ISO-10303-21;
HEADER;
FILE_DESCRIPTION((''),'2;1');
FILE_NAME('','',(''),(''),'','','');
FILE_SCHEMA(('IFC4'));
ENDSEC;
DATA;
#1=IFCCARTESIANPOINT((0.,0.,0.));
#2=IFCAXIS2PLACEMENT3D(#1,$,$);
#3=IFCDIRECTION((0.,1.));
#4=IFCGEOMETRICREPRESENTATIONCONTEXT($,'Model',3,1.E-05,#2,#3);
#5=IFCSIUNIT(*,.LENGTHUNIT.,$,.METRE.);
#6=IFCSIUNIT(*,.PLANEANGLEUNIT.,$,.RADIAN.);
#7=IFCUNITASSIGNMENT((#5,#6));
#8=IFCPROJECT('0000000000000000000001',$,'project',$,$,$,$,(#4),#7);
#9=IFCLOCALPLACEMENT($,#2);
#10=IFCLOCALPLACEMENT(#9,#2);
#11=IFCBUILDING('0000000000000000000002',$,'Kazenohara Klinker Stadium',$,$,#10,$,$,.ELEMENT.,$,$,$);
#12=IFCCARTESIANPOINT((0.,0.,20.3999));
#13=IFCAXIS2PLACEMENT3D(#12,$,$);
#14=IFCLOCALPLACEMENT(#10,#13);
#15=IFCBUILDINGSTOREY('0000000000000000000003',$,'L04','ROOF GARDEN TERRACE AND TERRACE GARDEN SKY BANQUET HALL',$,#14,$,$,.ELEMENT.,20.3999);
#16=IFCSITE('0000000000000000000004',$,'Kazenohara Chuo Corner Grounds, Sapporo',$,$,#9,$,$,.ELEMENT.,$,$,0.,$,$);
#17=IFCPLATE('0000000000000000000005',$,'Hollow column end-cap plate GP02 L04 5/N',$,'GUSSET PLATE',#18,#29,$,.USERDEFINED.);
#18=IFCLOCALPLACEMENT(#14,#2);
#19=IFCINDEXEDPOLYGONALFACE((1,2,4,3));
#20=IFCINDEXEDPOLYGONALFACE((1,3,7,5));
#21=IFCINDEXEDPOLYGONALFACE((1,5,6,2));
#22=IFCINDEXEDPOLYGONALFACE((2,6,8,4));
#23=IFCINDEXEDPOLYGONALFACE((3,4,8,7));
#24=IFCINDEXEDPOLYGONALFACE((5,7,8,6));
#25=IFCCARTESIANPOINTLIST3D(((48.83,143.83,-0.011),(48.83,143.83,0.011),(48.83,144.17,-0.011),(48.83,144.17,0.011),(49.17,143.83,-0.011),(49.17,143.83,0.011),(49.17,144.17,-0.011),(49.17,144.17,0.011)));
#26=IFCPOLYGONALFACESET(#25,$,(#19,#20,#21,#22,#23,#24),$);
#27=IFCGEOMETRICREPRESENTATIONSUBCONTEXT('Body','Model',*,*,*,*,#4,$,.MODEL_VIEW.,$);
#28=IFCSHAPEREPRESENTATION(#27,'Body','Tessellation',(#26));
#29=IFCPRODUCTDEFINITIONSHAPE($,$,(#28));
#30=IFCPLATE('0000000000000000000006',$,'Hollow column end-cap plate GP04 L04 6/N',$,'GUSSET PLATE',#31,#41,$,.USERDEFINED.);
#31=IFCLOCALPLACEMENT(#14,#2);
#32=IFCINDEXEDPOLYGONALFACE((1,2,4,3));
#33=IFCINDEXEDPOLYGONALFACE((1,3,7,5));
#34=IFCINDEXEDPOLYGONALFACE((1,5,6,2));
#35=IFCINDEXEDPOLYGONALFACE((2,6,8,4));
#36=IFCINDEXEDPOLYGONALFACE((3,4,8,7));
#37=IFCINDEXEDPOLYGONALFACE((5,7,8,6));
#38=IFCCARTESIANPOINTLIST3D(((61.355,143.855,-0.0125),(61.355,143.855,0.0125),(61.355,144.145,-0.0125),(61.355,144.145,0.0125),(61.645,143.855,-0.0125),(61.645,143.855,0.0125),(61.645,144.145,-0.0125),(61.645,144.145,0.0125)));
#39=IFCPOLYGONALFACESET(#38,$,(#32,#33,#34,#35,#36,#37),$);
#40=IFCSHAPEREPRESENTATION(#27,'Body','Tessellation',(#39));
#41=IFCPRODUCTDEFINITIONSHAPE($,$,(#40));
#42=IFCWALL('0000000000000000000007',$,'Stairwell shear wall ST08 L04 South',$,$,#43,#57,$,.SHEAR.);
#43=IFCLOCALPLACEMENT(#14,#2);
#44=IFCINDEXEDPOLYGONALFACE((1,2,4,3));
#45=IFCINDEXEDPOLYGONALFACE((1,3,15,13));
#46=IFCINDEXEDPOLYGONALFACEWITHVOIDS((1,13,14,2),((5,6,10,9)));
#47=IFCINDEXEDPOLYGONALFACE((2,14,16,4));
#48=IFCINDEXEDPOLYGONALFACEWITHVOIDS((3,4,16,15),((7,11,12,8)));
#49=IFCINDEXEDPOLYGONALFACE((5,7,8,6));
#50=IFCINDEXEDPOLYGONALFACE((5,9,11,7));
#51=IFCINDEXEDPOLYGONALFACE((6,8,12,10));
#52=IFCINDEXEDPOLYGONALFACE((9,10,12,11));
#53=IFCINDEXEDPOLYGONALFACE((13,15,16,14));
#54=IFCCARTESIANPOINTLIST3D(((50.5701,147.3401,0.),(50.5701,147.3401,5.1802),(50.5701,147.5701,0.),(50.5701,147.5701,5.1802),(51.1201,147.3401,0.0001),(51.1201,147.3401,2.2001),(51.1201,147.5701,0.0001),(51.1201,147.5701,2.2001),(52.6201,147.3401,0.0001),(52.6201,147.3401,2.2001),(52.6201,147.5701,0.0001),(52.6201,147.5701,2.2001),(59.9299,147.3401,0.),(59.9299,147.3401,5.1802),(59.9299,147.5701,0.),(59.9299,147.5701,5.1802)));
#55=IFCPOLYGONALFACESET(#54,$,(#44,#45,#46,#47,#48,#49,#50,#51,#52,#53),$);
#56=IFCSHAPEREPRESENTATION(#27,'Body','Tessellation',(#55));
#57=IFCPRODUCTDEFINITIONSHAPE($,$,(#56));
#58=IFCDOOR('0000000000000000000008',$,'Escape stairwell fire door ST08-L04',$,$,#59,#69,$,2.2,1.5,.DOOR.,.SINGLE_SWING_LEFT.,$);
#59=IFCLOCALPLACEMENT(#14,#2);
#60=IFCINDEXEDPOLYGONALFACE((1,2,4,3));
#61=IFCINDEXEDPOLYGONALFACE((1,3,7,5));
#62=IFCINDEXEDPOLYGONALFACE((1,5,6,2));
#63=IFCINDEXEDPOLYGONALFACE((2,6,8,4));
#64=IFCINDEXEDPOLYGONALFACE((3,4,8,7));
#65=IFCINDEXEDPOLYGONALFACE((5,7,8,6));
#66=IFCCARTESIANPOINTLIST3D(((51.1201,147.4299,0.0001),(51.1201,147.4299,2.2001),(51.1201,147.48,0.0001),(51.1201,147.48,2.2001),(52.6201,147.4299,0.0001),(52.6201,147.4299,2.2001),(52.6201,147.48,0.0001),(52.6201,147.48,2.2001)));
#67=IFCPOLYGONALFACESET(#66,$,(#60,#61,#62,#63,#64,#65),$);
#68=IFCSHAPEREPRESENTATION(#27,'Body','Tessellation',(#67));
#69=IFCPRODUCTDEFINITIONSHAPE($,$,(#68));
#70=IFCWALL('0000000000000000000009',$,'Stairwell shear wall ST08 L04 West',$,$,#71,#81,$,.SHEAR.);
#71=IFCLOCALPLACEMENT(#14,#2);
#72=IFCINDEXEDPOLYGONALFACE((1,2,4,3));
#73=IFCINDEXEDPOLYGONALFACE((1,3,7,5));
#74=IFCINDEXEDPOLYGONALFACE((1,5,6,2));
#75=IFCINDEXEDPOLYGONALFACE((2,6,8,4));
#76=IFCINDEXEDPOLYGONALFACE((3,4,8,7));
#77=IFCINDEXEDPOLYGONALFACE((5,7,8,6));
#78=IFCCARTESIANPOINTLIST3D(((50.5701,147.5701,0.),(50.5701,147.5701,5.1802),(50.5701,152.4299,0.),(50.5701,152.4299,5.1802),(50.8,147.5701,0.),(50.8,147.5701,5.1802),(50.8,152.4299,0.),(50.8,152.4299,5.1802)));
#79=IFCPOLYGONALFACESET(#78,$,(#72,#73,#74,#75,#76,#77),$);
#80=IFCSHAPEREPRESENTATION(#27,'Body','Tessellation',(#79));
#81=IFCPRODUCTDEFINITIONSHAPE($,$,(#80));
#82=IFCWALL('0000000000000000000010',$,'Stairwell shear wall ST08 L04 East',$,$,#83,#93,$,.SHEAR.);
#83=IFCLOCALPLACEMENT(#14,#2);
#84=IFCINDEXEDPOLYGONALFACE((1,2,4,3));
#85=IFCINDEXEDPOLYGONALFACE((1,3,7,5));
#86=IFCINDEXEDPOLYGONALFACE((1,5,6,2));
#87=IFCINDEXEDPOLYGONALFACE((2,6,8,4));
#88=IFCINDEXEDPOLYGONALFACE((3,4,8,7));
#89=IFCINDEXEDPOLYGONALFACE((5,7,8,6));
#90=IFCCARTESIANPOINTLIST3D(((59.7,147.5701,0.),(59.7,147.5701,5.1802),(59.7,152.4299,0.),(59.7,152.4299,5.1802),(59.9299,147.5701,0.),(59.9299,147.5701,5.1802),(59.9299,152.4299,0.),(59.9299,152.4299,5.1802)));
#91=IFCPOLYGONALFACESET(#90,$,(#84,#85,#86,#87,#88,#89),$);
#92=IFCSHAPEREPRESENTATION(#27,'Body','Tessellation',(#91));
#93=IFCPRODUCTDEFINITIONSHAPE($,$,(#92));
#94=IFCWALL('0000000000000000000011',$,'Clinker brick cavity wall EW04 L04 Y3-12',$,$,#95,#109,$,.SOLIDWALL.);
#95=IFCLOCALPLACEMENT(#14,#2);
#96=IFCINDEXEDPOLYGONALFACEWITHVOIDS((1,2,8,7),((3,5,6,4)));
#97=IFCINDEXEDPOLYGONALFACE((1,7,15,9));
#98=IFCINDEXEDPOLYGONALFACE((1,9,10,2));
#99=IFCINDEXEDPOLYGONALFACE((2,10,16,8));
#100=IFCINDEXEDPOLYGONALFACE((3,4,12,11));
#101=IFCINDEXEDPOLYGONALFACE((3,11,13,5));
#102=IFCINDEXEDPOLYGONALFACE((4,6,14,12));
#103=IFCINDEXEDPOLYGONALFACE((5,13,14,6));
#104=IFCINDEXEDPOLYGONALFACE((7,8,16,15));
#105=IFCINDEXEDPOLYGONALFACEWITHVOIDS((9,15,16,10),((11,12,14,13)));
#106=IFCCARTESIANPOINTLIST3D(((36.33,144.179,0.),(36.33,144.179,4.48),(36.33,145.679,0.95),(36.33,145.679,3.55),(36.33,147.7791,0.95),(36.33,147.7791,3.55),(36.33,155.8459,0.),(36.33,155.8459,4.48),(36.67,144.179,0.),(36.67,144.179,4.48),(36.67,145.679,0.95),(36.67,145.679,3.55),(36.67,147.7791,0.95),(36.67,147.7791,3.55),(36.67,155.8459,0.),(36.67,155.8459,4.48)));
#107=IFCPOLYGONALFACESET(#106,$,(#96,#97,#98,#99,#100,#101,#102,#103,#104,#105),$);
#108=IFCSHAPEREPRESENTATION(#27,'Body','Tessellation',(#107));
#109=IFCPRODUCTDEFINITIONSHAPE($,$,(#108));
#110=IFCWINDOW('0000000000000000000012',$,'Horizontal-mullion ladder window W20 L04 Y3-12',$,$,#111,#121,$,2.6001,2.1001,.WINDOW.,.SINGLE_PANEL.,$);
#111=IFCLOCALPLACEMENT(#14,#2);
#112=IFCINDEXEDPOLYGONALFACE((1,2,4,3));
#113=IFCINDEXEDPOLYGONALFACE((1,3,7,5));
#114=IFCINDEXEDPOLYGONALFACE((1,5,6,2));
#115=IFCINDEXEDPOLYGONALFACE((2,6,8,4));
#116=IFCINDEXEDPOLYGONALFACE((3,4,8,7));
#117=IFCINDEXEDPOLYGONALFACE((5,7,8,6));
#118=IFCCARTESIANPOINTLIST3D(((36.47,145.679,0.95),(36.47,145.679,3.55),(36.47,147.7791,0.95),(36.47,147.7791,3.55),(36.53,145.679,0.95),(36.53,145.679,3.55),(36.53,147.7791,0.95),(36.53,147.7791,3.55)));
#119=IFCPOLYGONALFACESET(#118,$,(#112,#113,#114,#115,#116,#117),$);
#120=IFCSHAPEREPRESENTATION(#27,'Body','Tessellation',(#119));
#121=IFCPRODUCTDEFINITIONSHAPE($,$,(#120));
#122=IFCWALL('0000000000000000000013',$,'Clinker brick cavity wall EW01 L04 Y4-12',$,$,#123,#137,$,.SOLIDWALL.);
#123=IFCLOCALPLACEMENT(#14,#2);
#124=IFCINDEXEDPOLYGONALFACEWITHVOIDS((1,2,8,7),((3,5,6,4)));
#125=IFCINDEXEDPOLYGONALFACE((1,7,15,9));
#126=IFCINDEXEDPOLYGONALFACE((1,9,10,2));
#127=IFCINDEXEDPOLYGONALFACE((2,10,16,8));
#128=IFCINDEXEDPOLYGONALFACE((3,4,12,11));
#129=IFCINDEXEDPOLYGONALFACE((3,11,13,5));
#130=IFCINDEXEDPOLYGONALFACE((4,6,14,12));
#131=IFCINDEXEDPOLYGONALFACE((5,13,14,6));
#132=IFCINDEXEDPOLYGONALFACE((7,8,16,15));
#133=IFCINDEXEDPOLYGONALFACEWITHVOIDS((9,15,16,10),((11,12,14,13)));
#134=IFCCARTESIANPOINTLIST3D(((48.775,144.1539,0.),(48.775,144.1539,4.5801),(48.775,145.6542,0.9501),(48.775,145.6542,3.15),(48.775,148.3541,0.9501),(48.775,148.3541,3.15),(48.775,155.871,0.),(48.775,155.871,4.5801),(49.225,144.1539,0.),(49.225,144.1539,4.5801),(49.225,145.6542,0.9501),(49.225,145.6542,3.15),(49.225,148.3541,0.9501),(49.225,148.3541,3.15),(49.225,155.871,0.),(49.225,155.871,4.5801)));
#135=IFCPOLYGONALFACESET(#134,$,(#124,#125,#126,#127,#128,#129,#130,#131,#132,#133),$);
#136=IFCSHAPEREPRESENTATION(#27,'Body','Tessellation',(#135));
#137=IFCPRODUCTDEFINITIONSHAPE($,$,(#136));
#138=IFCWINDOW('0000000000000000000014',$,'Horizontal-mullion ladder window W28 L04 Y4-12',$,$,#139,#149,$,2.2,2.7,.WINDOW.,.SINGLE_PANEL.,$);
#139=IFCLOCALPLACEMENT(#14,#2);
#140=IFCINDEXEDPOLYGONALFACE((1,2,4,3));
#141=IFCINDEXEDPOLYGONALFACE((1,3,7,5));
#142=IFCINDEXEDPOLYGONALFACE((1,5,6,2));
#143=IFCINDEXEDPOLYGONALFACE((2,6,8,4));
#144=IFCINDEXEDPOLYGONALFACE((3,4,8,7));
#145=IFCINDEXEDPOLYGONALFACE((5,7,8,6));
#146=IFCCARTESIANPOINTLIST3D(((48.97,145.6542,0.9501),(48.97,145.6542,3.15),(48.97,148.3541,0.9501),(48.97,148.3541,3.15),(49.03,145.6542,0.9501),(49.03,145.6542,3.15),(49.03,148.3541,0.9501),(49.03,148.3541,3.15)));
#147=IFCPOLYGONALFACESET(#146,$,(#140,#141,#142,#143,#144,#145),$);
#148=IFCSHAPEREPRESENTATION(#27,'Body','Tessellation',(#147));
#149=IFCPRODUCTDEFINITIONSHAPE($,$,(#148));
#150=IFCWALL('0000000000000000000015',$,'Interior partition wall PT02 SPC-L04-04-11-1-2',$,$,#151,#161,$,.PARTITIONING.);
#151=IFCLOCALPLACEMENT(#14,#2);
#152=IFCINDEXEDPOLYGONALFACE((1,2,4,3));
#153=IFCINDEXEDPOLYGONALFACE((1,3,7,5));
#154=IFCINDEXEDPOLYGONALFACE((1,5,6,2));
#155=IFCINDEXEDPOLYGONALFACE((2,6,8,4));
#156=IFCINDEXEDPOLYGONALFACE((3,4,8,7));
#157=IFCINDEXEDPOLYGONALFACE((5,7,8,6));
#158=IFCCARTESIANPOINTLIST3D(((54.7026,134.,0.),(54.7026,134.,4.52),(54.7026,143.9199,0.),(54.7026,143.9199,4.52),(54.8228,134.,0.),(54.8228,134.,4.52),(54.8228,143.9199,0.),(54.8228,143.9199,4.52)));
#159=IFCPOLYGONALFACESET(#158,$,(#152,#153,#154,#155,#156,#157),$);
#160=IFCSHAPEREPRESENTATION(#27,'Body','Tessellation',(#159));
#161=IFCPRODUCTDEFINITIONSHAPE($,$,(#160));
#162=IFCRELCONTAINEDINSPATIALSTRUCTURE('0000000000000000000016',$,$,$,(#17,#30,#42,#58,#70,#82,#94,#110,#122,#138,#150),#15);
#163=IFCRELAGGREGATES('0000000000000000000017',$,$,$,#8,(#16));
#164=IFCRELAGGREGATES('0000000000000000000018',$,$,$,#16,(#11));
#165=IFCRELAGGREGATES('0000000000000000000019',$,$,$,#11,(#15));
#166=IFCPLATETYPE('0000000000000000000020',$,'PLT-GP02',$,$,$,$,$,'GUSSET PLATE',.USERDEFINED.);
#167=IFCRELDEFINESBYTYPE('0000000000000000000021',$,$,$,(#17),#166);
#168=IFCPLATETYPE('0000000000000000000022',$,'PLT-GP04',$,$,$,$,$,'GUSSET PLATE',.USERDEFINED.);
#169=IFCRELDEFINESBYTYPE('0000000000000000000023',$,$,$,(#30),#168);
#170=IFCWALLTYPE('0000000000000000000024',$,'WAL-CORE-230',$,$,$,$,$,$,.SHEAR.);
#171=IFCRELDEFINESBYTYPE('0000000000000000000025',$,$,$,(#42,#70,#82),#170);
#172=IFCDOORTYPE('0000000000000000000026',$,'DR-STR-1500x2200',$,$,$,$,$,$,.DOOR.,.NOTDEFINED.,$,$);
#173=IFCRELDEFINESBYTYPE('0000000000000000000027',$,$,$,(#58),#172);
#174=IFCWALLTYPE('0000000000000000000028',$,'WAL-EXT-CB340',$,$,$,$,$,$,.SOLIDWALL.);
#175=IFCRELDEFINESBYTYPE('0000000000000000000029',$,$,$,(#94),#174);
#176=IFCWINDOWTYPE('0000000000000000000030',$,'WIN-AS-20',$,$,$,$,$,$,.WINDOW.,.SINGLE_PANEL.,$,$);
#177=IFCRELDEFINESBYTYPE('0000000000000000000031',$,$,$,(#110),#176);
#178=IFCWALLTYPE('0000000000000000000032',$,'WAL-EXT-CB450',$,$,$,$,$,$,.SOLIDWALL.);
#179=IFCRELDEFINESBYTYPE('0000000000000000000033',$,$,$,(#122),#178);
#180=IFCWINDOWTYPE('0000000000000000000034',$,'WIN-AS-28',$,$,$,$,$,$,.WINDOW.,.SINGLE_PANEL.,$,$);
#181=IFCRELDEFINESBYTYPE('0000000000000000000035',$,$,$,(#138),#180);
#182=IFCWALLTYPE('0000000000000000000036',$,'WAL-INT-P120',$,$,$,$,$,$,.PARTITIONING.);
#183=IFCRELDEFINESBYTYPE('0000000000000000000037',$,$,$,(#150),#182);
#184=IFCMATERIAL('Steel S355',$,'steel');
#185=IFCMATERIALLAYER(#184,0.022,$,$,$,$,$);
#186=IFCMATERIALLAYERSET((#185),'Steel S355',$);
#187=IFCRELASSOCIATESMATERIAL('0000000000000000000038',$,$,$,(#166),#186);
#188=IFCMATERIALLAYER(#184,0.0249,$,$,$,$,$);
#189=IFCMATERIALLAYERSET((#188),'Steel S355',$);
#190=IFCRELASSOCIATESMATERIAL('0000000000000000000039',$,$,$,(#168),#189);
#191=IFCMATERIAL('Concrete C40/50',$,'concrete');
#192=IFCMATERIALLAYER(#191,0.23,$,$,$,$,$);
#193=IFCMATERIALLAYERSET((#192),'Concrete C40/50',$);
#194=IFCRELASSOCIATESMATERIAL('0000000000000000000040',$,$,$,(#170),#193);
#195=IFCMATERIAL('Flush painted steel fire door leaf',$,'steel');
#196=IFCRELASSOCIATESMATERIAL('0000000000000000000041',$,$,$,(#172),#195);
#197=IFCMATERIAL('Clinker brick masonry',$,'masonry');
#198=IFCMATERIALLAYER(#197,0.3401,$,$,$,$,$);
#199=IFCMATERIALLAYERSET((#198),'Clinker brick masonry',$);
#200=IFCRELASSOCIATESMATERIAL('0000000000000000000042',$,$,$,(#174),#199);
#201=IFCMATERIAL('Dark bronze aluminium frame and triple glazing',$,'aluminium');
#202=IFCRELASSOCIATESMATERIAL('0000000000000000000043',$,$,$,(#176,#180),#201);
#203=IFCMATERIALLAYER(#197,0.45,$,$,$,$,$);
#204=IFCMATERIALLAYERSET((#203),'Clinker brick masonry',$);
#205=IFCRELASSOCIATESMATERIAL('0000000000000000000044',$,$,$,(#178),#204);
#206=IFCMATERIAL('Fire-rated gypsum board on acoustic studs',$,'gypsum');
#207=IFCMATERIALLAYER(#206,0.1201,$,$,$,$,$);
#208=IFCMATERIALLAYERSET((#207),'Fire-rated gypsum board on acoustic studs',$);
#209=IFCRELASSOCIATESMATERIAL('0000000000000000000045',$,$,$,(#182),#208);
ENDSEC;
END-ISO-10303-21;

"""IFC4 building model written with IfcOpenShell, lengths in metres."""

from ifc_helpers import new_model, si_unit, direction, frame, frame_2d, origin, origin_2d, place, context, subcontext, project, spatial, rectangle, extrude, material, layer, layer_set, type_object, element, fill, save


model = new_model("IFC4")

# Units and contexts
model_context = context("Model", 3, precision=1e-05, world=origin(), true_north=direction((0.0, 1.0)))
body_context = subcontext(model_context, "Body", "Model", "MODEL_VIEW")
ifc_project = project(units=[si_unit("LENGTHUNIT", "METRE"), si_unit("PLANEANGLEUNIT", "RADIAN")], contexts=[model_context])

# Site, building, storey
site_placement = place(None, origin())
site = spatial("IfcSite", under=ifc_project, at=site_placement, Name="Kazenohara Chuo Corner Grounds, Sapporo", CompositionType="ELEMENT", RefElevation=0.0)
building_placement = place(site_placement, origin())
building = spatial("IfcBuilding", under=site, at=building_placement, Name="Kazenohara Klinker Stadium", CompositionType="ELEMENT")
storey_placement = place(building_placement, frame((0.0, 0.0, 20.3999)))
storey = spatial("IfcBuildingStorey", under=building, at=storey_placement, Name="L04", Description="ROOF GARDEN TERRACE AND TERRACE GARDEN SKY BANQUET HALL", CompositionType="ELEMENT", Elevation=20.3999)

# Shared definitions
ifc_material_1 = material(Name="Steel S355", Category="steel")

# Plates
ifc_layer_1 = layer(ifc_material_1, 0.022)
ifc_layer_set_1 = layer_set([ifc_layer_1], Name="Steel S355")
plate_type_1 = type_object("IfcPlateType", Name="PLT-GP02", ElementType="GUSSET PLATE", PredefinedType="USERDEFINED", material=ifc_layer_set_1)
plate_1_placement = place(storey_placement, frame((49.0, 144.0, -0.011), z_axis=(0.0, 0.0, 1.0), x_axis=(1.0, 0.0, 0.0)))
element("IfcPlate", 1, at=plate_1_placement, inside=storey, type_object=plate_type_1, Name="Hollow column end-cap plate GP02 L04 5/N", ObjectType="GUSSET PLATE", PredefinedType="USERDEFINED", context=body_context, shape_type="SweptSolid", body=[
    extrude(rectangle(XDim=0.3401, YDim=0.3401, at=origin_2d()), origin(), (0.0, 0.0, 1.0), 0.022),
])
ifc_layer_2 = layer(ifc_material_1, 0.0249)
ifc_layer_set_2 = layer_set([ifc_layer_2], Name="Steel S355")
plate_type_2 = type_object("IfcPlateType", Name="PLT-GP04", ElementType="GUSSET PLATE", PredefinedType="USERDEFINED", material=ifc_layer_set_2)
plate_2_placement = place(storey_placement, frame((61.5, 144.0, -0.0125), z_axis=(0.0, 0.0, 1.0), x_axis=(1.0, 0.0, 0.0)))
element("IfcPlate", 2, at=plate_2_placement, inside=storey, type_object=plate_type_2, Name="Hollow column end-cap plate GP04 L04 6/N", ObjectType="GUSSET PLATE", PredefinedType="USERDEFINED", context=body_context, shape_type="SweptSolid", body=[
    extrude(rectangle(XDim=0.29, YDim=0.29, at=origin_2d()), origin(), (0.0, 0.0, 1.0), 0.0249),
])

# Wall, opening, door
ifc_material_2 = material(Name="Concrete C40/50", Category="concrete")
ifc_layer_3 = layer(ifc_material_2, 0.23)
ifc_layer_set_3 = layer_set([ifc_layer_3], Name="Concrete C40/50")
wall_type_1 = type_object("IfcWallType", Name="WAL-CORE-230", PredefinedType="SHEAR", material=ifc_layer_set_3)
wall_1_placement = place(storey_placement, frame((50.5701, 147.4551, 0.0), z_axis=(0.0, 0.0, 1.0), x_axis=(1.0, 0.0, 0.0)))
wall_1 = element("IfcWall", 3, at=wall_1_placement, inside=storey, type_object=wall_type_1, Name="Stairwell shear wall ST08 L04 South", PredefinedType="SHEAR", context=body_context, shape_type="SweptSolid", body=[
    extrude(rectangle(XDim=9.3599, YDim=0.23, at=frame_2d((4.6799, 0.0))), origin(), (0.0, 0.0, 1.0), 5.1802),
])
opening_1_placement = place(wall_1_placement, frame((0.55, 0.0, 0.0)))
opening_1 = element("IfcOpeningElement", 4, at=opening_1_placement, cuts=wall_1, PredefinedType="OPENING", context=body_context, shape_type="SweptSolid", body=[
    extrude(rectangle(XDim=1.5, YDim=2.2, at=frame_2d((0.75, 1.1001))), frame((0.0, 0.125, 0.0), z_axis=(0.0, -1.0, 0.0), x_axis=(1.0, 0.0, 0.0)), (0.0, 0.0, 1.0), 0.25),
])
ifc_material_3 = material(Name="Flush painted steel fire door leaf", Category="steel")
door_type_1 = type_object("IfcDoorType", Name="DR-STR-1500x2200", OperationType="NOTDEFINED", PredefinedType="DOOR", material=ifc_material_3)
door_1_placement = place(opening_1_placement, origin())
door_1 = element("IfcDoor", 5, at=door_1_placement, inside=storey, type_object=door_type_1, Name="Escape stairwell fire door ST08-L04", OperationType="SINGLE_SWING_LEFT", OverallHeight=2.2, OverallWidth=1.5, PredefinedType="DOOR", context=body_context, shape_type="SweptSolid", body=[
    extrude(rectangle(XDim=1.5, YDim=2.2, at=frame_2d((0.75, 1.1001))), frame((0.0, 0.0249, 0.0), z_axis=(0.0, -1.0, 0.0), x_axis=(1.0, 0.0, 0.0)), (0.0, 0.0, 1.0), 0.05),
])
fill(opening_1, door_1)

# Walls
for number, where, z_axis, x_axis, name in (
    (6, (50.6851, 147.5701, 0.0), (0.0, 0.0, 1.0), (0.0, 1.0, 0.0), "Stairwell shear wall ST08 L04 West"),
    (7, (59.8149, 147.5701, 0.0), (0.0, 0.0, 1.0), (0.0, 1.0, 0.0), "Stairwell shear wall ST08 L04 East"),
):
    element("IfcWall", number, at=place(storey_placement, frame(where, z_axis=z_axis, x_axis=x_axis)), inside=storey, type_object=wall_type_1, Name=name, PredefinedType="SHEAR", context=body_context, shape_type="SweptSolid", body=[
        extrude(rectangle(XDim=4.8599, YDim=0.23, at=frame_2d((2.4299, 0.0))), origin(), (0.0, 0.0, 1.0), 5.1802),
    ])

# Walls, openings, windows
ifc_material_4 = material(Name="Clinker brick masonry", Category="masonry")
ifc_layer_4 = layer(ifc_material_4, 0.3401)
ifc_layer_set_4 = layer_set([ifc_layer_4], Name="Clinker brick masonry")
wall_type_2 = type_object("IfcWallType", Name="WAL-EXT-CB340", PredefinedType="SOLIDWALL", material=ifc_layer_set_4)
wall_2_placement = place(storey_placement, frame((36.5, 144.179, 0.0), z_axis=(0.0, 0.0, 1.0), x_axis=(0.0, 1.0, 0.0)))
wall_2 = element("IfcWall", 8, at=wall_2_placement, inside=storey, type_object=wall_type_2, Name="Clinker brick cavity wall EW04 L04 Y3-12", PredefinedType="SOLIDWALL", context=body_context, shape_type="SweptSolid", body=[
    extrude(rectangle(XDim=11.667, YDim=0.3401, at=frame_2d((5.8335, 0.0))), origin(), (0.0, 0.0, 1.0), 4.48),
])
opening_2_placement = place(wall_2_placement, frame((1.5, 0.0, 0.95)))
opening_2 = element("IfcOpeningElement", 9, at=opening_2_placement, cuts=wall_2, PredefinedType="OPENING", context=body_context, shape_type="SweptSolid", body=[
    extrude(rectangle(XDim=2.1001, YDim=2.6001, at=frame_2d((1.05, 1.3))), frame((0.0, 0.1802, 0.0), z_axis=(0.0, -1.0, 0.0), x_axis=(1.0, 0.0, 0.0)), (0.0, 0.0, 1.0), 0.3601),
])
ifc_material_5 = material(Name="Dark bronze aluminium frame and triple glazing", Category="aluminium")
window_type_1 = type_object("IfcWindowType", Name="WIN-AS-20", PartitioningType="SINGLE_PANEL", PredefinedType="WINDOW", material=ifc_material_5)
window_1_placement = place(opening_2_placement, origin())
window_1 = element("IfcWindow", 10, at=window_1_placement, inside=storey, type_object=window_type_1, Name="Horizontal-mullion ladder window W20 L04 Y3-12", OverallHeight=2.6001, OverallWidth=2.1001, PartitioningType="SINGLE_PANEL", PredefinedType="WINDOW", context=body_context, shape_type="SweptSolid", body=[
    extrude(rectangle(XDim=2.1001, YDim=2.6001, at=frame_2d((1.05, 1.3))), frame((0.0, 0.03, 0.0), z_axis=(0.0, -1.0, 0.0), x_axis=(1.0, 0.0, 0.0)), (0.0, 0.0, 1.0), 0.0601),
])
fill(opening_2, window_1)
ifc_layer_5 = layer(ifc_material_4, 0.45)
ifc_layer_set_5 = layer_set([ifc_layer_5], Name="Clinker brick masonry")
wall_type_3 = type_object("IfcWallType", Name="WAL-EXT-CB450", PredefinedType="SOLIDWALL", material=ifc_layer_set_5)
wall_3_placement = place(storey_placement, frame((49.0, 144.1541, 0.0), z_axis=(0.0, 0.0, 1.0), x_axis=(0.0, 1.0, 0.0)))
wall_3 = element("IfcWall", 11, at=wall_3_placement, inside=storey, type_object=wall_type_3, Name="Clinker brick cavity wall EW01 L04 Y4-12", PredefinedType="SOLIDWALL", context=body_context, shape_type="SweptSolid", body=[
    extrude(rectangle(XDim=11.717, YDim=0.45, at=frame_2d((5.8584, 0.0))), origin(), (0.0, 0.0, 1.0), 4.5801),
])
opening_3_placement = place(wall_3_placement, frame((1.5, 0.0, 0.95)))
opening_3 = element("IfcOpeningElement", 12, at=opening_3_placement, cuts=wall_3, PredefinedType="OPENING", context=body_context, shape_type="SweptSolid", body=[
    extrude(rectangle(XDim=2.7, YDim=2.2, at=frame_2d((1.3501, 1.1001))), frame((0.0, 0.2349, 0.0), z_axis=(0.0, -1.0, 0.0), x_axis=(1.0, 0.0, 0.0)), (0.0, 0.0, 1.0), 0.47),
])
window_type_2 = type_object("IfcWindowType", Name="WIN-AS-28", PartitioningType="SINGLE_PANEL", PredefinedType="WINDOW", material=ifc_material_5)
window_2_placement = place(opening_3_placement, origin())
window_2 = element("IfcWindow", 13, at=window_2_placement, inside=storey, type_object=window_type_2, Name="Horizontal-mullion ladder window W28 L04 Y4-12", OverallHeight=2.2, OverallWidth=2.7, PartitioningType="SINGLE_PANEL", PredefinedType="WINDOW", context=body_context, shape_type="SweptSolid", body=[
    extrude(rectangle(XDim=2.7, YDim=2.2, at=frame_2d((1.3501, 1.1001))), frame((0.0, 0.03, 0.0), z_axis=(0.0, -1.0, 0.0), x_axis=(1.0, 0.0, 0.0)), (0.0, 0.0, 1.0), 0.0601),
])
fill(opening_3, window_2)

# Wall
ifc_material_6 = material(Name="Fire-rated gypsum board on acoustic studs", Category="gypsum")
ifc_layer_6 = layer(ifc_material_6, 0.1201)
ifc_layer_set_6 = layer_set([ifc_layer_6], Name="Fire-rated gypsum board on acoustic studs")
wall_type_4 = type_object("IfcWallType", Name="WAL-INT-P120", PredefinedType="PARTITIONING", material=ifc_layer_set_6)
wall_4_placement = place(storey_placement, frame((54.7627, 134.0, 0.0), z_axis=(0.0, 0.0, 1.0), x_axis=(0.0, 1.0, 0.0)))
element("IfcWall", 14, at=wall_4_placement, inside=storey, type_object=wall_type_4, Name="Interior partition wall PT02 SPC-L04-04-11-1-2", PredefinedType="PARTITIONING", context=body_context, shape_type="SweptSolid", body=[
    extrude(rectangle(XDim=9.9199, YDim=0.1201, at=frame_2d((4.96, 0.0))), origin(), (0.0, 0.0, 1.0), 4.52),
])

save(model, "model.ifc")
